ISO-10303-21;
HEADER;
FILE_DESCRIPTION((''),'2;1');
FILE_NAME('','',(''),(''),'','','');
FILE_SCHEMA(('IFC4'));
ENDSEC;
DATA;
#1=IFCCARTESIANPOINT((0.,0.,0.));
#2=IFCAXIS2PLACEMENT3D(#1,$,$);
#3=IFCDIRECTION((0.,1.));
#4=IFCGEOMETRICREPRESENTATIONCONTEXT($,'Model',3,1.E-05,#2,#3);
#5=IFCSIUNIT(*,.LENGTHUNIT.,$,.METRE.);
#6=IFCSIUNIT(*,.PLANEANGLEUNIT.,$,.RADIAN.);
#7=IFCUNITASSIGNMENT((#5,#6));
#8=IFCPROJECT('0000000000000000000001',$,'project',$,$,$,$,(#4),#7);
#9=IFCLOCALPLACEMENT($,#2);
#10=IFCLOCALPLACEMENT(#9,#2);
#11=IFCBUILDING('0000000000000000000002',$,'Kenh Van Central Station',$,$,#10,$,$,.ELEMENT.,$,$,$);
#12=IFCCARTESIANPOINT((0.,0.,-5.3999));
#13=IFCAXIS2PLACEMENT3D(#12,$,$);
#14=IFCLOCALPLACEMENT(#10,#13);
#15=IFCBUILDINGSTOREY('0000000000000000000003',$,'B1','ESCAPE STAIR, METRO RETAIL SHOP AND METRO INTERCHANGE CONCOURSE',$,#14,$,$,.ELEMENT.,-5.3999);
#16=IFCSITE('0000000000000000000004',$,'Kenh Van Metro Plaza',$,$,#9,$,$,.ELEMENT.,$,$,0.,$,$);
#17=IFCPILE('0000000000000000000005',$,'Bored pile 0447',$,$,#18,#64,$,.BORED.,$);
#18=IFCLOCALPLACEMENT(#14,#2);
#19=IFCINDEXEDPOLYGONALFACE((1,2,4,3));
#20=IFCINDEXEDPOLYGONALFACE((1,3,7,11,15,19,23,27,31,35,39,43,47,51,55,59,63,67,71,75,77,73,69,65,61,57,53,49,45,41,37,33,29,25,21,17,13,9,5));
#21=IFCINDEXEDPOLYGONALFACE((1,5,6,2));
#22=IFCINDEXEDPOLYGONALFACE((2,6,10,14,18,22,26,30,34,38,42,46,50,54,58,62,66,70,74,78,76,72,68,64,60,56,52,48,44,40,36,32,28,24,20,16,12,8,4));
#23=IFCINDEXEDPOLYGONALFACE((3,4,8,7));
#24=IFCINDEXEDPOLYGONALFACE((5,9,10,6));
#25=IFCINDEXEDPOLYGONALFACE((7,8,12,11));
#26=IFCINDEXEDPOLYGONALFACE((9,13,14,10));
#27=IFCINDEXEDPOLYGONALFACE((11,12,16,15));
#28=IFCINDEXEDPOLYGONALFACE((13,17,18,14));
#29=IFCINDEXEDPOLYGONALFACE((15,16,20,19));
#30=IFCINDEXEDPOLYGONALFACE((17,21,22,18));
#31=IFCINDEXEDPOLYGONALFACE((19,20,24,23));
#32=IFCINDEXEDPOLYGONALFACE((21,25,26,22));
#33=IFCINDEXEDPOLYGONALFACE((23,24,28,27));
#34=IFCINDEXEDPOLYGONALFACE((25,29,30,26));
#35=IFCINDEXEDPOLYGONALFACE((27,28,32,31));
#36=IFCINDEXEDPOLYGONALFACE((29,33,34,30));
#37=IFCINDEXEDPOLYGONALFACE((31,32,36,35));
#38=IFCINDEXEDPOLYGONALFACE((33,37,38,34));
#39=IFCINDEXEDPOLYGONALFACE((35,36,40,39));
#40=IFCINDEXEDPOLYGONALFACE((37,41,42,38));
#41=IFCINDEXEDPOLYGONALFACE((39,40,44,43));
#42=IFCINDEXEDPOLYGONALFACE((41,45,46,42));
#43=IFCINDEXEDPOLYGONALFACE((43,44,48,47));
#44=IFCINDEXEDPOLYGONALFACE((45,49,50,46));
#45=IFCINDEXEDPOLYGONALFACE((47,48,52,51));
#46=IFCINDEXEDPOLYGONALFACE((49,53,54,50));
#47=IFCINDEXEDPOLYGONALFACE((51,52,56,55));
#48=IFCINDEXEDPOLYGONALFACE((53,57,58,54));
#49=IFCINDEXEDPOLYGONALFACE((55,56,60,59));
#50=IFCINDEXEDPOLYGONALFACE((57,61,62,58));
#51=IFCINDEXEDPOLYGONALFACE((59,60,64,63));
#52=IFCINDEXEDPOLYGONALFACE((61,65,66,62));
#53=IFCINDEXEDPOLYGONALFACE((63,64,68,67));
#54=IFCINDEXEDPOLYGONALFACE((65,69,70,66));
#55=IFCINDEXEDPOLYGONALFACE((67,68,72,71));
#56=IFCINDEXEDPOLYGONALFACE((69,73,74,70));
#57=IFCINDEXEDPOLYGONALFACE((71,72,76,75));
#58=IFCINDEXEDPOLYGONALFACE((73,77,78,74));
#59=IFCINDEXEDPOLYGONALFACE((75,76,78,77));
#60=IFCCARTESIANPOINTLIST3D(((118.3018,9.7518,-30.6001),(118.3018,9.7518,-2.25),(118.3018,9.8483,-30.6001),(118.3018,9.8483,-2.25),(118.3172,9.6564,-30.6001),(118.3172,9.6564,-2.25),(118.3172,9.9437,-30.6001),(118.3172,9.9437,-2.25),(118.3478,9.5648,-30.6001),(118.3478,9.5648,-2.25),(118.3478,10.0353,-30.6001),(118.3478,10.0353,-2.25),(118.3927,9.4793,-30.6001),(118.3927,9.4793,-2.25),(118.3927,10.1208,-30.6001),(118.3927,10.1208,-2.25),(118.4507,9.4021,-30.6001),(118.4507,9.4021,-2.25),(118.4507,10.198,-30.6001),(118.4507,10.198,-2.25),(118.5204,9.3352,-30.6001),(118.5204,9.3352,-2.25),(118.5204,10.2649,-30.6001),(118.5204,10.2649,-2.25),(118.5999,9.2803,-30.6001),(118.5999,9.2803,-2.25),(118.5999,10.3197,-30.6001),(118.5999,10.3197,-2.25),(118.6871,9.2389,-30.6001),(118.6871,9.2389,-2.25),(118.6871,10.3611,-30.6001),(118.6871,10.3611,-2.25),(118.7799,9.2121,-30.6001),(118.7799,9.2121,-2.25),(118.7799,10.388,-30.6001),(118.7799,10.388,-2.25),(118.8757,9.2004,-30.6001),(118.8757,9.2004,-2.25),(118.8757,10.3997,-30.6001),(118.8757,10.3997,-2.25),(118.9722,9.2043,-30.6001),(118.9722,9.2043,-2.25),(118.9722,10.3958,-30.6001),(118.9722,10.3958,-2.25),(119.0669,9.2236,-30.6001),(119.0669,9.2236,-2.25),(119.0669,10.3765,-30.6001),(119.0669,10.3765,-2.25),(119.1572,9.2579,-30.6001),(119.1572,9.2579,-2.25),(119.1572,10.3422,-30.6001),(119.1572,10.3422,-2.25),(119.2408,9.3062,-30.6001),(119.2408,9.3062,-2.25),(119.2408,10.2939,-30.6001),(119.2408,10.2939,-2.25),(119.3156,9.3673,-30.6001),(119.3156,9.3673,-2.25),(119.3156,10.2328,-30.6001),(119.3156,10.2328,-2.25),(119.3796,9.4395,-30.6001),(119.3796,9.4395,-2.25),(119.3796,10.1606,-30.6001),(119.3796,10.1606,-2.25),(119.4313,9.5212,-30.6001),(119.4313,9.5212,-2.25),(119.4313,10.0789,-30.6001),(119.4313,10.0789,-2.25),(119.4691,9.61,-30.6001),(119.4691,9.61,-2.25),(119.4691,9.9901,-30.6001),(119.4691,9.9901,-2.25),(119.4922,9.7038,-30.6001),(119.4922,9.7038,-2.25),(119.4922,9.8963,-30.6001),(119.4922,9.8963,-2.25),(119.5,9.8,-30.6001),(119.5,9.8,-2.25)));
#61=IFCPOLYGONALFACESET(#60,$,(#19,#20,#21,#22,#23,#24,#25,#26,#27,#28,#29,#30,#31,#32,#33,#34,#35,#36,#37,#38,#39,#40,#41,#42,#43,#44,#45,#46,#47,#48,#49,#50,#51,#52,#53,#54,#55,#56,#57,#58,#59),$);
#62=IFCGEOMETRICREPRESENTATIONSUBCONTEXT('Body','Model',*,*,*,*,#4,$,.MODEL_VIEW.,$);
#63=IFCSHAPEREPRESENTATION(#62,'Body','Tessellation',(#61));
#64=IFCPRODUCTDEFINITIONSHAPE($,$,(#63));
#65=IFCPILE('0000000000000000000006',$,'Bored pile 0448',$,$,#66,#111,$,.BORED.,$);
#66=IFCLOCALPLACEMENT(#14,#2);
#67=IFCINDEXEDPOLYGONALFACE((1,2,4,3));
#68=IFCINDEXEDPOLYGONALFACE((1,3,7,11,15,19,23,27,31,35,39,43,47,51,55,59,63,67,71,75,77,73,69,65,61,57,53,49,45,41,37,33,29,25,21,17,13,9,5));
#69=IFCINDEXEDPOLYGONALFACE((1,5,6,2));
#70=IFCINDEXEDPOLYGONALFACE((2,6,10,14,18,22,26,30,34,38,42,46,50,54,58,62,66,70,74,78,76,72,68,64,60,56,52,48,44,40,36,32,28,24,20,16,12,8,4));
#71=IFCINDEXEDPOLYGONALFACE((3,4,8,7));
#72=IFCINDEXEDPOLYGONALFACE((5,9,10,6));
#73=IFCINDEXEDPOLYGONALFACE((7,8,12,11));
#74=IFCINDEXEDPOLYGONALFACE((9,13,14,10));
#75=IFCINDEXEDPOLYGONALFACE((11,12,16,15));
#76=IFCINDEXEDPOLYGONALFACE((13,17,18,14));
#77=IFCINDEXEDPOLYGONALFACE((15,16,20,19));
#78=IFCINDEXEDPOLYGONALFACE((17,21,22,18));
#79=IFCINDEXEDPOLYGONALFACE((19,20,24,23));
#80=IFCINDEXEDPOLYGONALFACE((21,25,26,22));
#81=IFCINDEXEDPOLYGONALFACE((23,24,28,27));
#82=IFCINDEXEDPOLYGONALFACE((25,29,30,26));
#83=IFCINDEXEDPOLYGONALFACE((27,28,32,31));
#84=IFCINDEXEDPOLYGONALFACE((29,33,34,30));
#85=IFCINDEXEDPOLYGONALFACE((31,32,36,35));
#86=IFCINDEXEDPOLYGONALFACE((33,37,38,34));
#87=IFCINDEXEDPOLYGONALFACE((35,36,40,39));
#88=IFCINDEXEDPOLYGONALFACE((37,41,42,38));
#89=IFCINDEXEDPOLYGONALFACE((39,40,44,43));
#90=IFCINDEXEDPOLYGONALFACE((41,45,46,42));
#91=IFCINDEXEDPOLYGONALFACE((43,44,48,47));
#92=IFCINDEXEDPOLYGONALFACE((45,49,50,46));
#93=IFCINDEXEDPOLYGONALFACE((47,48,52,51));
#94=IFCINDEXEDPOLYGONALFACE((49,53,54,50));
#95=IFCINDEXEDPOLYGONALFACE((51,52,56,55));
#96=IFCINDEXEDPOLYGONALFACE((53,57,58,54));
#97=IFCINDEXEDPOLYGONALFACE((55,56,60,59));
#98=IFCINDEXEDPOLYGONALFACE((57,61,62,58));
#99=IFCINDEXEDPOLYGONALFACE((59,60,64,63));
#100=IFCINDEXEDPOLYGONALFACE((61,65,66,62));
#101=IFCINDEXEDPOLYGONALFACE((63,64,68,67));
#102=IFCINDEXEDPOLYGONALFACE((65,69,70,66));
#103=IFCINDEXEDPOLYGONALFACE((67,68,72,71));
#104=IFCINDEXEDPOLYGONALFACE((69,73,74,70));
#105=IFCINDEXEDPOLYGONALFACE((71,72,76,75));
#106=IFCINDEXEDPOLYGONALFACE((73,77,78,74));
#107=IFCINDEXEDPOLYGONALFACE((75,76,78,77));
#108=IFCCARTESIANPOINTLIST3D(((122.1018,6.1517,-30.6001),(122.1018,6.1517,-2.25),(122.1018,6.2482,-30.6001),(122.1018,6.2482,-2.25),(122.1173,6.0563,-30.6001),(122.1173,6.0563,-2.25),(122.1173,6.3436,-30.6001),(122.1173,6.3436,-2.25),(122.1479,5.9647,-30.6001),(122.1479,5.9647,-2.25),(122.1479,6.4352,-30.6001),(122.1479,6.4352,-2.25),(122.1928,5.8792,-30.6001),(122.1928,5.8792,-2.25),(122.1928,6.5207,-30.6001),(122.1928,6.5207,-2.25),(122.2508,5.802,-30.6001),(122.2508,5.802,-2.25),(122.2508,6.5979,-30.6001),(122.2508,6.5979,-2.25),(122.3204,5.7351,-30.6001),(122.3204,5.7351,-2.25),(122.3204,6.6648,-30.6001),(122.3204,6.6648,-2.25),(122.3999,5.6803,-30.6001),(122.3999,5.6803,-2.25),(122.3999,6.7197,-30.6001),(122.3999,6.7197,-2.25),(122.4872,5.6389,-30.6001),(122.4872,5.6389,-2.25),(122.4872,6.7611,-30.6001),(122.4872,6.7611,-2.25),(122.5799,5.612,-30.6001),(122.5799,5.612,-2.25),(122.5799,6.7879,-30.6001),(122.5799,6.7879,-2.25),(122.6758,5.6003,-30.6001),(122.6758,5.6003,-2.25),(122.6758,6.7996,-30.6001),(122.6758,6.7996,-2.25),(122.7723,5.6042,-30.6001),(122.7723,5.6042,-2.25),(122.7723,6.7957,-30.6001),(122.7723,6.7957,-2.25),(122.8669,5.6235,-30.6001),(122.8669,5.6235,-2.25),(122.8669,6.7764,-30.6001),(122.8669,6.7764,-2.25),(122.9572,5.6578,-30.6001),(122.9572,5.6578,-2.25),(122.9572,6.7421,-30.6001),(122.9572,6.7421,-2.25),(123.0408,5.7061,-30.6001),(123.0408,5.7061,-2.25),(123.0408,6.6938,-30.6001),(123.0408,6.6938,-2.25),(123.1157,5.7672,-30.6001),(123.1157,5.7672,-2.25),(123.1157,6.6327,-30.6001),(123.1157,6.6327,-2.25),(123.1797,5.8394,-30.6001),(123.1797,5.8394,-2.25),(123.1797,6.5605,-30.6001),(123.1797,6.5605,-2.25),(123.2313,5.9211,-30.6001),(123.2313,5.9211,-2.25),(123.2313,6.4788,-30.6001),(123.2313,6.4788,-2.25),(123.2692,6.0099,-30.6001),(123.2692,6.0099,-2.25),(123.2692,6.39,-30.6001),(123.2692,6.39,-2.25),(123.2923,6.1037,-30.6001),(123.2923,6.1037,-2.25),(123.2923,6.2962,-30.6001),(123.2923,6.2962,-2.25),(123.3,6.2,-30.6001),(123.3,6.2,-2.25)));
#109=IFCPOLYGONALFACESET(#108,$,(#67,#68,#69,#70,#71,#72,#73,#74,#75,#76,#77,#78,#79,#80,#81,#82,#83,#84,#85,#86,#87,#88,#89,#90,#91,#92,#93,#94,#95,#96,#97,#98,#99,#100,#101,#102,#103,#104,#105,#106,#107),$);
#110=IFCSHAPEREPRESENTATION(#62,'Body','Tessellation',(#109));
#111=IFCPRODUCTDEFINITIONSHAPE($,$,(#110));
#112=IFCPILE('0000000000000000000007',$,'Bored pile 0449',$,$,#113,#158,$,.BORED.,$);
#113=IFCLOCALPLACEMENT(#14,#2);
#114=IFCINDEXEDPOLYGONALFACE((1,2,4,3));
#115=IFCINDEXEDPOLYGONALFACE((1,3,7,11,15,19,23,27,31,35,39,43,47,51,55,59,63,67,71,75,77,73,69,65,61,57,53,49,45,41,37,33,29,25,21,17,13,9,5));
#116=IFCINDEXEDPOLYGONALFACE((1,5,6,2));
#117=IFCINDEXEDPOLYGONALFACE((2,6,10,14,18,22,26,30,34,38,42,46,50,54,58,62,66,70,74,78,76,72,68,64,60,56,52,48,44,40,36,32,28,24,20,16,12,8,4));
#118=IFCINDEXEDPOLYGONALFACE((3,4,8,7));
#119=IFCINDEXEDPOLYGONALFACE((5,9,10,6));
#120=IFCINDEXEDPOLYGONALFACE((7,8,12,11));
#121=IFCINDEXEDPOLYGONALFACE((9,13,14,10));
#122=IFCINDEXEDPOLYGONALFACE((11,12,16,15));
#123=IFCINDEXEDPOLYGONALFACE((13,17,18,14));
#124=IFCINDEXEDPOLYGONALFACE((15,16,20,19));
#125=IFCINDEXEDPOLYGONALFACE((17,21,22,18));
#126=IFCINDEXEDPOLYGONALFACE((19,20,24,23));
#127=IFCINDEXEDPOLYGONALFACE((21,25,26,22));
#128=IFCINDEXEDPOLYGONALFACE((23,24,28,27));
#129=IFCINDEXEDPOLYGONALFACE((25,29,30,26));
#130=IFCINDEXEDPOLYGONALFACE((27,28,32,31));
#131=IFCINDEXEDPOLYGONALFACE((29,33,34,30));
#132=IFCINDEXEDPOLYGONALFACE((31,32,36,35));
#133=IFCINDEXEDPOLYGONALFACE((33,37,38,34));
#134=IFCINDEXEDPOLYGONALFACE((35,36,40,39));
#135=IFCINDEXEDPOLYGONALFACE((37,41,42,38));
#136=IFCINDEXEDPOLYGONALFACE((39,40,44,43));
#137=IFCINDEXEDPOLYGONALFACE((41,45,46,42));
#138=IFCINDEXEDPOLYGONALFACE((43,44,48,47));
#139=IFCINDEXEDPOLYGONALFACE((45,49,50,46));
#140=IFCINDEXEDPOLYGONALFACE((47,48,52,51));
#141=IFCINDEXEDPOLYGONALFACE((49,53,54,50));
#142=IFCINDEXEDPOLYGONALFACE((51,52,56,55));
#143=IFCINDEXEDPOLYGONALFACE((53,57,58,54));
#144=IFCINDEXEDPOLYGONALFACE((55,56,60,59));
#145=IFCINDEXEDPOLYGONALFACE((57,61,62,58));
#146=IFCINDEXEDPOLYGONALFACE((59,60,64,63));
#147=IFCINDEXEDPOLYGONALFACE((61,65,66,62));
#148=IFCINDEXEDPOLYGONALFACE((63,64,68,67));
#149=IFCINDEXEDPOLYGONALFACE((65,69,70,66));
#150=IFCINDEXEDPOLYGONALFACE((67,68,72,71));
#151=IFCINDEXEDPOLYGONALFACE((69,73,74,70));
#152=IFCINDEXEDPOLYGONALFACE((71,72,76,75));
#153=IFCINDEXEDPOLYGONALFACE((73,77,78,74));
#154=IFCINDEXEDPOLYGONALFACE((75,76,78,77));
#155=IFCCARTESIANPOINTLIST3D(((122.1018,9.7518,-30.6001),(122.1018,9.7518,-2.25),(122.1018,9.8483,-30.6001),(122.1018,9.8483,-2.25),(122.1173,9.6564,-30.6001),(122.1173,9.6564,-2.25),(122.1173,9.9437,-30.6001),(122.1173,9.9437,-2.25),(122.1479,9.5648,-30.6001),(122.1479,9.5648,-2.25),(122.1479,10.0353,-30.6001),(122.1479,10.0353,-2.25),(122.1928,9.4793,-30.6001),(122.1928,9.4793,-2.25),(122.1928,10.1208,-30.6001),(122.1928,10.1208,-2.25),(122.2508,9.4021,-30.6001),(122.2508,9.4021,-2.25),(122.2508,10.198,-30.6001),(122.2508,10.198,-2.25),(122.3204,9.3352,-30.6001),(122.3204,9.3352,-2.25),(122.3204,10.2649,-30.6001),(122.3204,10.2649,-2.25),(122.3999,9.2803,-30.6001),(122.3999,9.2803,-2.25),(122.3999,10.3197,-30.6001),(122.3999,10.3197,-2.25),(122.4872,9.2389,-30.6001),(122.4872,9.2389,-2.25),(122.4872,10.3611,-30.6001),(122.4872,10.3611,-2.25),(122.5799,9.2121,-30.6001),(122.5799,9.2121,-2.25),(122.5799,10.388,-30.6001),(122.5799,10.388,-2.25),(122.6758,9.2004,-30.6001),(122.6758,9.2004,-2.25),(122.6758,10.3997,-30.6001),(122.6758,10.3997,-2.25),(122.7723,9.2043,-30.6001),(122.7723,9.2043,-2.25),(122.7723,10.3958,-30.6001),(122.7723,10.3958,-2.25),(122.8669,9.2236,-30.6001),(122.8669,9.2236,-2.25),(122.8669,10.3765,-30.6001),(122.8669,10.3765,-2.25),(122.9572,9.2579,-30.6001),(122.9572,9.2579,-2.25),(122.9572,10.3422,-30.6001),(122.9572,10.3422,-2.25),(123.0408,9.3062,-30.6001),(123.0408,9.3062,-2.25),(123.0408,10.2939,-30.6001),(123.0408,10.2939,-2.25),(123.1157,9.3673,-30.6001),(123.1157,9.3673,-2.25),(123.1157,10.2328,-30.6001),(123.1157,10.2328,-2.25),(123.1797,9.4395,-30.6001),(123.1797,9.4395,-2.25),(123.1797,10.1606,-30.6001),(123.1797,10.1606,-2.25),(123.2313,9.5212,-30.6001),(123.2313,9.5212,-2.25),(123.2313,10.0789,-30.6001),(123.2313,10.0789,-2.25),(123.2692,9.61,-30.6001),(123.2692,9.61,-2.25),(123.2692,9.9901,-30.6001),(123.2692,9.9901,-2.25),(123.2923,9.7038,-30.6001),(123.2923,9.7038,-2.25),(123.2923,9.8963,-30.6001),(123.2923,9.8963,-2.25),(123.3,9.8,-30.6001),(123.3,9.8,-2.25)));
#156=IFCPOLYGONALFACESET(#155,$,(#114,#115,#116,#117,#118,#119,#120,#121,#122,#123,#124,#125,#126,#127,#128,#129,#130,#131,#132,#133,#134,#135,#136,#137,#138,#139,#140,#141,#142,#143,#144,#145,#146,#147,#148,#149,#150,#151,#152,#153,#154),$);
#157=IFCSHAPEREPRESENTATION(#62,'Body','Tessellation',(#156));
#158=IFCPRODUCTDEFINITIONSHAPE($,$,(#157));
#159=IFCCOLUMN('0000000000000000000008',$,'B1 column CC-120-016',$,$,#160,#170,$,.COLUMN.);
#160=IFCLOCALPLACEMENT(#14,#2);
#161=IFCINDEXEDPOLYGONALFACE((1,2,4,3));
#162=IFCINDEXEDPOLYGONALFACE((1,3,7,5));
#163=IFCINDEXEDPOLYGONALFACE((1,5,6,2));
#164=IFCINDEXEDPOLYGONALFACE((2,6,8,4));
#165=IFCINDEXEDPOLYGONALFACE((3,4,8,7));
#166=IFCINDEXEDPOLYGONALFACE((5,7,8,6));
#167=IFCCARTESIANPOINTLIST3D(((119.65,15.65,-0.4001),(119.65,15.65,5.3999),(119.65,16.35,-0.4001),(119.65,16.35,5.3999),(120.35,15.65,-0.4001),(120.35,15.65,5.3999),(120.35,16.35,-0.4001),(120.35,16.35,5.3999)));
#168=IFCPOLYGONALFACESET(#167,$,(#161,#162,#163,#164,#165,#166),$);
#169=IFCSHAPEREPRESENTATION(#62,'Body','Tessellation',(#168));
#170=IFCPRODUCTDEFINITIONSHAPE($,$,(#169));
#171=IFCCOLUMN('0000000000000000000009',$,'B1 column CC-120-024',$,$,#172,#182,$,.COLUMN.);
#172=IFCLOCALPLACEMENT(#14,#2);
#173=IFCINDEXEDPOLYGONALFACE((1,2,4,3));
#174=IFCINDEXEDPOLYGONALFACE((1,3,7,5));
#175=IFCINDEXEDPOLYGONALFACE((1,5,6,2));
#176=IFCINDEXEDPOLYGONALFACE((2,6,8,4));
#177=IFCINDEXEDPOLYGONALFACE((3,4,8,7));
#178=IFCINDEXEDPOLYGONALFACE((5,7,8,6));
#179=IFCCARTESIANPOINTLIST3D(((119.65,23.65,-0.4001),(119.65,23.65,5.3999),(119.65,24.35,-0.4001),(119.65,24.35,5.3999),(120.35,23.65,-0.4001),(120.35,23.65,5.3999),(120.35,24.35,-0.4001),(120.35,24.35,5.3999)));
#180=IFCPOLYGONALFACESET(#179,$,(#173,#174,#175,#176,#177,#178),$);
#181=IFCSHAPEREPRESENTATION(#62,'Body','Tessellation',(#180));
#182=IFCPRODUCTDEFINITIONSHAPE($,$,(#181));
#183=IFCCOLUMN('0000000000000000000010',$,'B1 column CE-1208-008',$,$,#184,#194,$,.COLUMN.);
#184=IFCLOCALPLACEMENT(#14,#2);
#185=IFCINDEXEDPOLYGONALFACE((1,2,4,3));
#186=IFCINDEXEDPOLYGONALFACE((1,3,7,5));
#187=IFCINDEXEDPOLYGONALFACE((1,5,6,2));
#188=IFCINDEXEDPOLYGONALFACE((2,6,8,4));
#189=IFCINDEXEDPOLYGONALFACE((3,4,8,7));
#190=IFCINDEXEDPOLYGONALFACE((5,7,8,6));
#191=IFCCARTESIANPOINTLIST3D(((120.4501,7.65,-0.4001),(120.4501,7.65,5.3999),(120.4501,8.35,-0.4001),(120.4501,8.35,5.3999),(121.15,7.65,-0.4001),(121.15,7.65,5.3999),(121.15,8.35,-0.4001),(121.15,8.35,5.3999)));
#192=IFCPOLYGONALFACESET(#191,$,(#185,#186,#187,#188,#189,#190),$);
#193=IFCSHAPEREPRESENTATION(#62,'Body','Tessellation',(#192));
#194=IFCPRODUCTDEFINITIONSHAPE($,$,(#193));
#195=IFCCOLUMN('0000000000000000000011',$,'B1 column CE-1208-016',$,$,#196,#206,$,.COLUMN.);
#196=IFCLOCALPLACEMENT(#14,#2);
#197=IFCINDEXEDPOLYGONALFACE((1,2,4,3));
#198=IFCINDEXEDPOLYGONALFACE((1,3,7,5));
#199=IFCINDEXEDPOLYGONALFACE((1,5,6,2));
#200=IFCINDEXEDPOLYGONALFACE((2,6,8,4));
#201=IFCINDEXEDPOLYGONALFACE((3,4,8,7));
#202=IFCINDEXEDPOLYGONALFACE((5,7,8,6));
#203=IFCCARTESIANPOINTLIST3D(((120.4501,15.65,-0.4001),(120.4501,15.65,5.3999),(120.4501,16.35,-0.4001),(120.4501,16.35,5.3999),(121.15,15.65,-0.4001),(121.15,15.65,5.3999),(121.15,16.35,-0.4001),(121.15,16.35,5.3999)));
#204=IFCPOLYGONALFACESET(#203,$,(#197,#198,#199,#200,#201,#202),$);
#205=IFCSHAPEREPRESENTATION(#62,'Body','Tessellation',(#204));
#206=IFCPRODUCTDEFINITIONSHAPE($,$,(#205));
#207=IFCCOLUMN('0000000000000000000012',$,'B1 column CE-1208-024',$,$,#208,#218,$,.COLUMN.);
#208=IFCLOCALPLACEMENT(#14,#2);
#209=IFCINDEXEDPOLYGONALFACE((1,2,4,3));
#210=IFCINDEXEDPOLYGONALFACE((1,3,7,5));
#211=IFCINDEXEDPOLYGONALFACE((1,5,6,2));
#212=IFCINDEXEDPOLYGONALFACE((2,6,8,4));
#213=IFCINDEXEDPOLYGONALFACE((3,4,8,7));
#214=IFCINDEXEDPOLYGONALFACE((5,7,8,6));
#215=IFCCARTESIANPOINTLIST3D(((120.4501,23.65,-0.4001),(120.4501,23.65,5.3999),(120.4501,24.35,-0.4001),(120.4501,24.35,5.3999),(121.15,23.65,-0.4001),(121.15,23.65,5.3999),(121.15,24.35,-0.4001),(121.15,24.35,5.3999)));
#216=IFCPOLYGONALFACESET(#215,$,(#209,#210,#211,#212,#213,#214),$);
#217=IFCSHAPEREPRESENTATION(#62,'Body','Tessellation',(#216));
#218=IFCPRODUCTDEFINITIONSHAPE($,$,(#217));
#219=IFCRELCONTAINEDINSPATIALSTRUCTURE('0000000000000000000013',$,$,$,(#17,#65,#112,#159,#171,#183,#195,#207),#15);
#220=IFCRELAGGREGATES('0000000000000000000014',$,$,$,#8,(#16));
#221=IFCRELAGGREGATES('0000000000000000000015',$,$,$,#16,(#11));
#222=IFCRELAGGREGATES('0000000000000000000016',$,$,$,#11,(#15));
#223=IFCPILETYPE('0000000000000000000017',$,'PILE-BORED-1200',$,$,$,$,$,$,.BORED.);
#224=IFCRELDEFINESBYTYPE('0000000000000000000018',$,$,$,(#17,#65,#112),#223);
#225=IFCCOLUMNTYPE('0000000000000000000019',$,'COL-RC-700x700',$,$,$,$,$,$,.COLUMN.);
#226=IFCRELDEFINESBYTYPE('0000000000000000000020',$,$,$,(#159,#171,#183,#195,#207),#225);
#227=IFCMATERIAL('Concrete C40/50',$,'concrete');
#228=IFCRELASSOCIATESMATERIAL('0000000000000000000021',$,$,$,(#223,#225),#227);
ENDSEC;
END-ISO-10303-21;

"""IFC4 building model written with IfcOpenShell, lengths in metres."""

from ifc_helpers import new_model, si_unit, direction, frame, origin, origin_2d, place, context, subcontext, project, spatial, rectangle, circle, extrude, material, material_profile, profile_set, type_object, element, save


model = new_model("IFC4")

# Units and contexts
model_context = context("Model", 3, precision=1e-05, world=origin(), true_north=direction((0.0, 1.0)))
body_context = subcontext(model_context, "Body", "Model", "MODEL_VIEW")
ifc_project = project(units=[si_unit("LENGTHUNIT", "METRE"), si_unit("PLANEANGLEUNIT", "RADIAN")], contexts=[model_context])

# Site, building, storey
site_placement = place(None, origin())
site = spatial("IfcSite", under=ifc_project, at=site_placement, Name="Kenh Van Metro Plaza", CompositionType="ELEMENT", RefElevation=0.0)
building_placement = place(site_placement, origin())
building = spatial("IfcBuilding", under=site, at=building_placement, Name="Kenh Van Central Station", CompositionType="ELEMENT")
storey_placement = place(building_placement, frame((0.0, 0.0, -5.3999)))
storey = spatial("IfcBuildingStorey", under=building, at=storey_placement, Name="B1", Description="ESCAPE STAIR, METRO RETAIL SHOP AND METRO INTERCHANGE CONCOURSE", CompositionType="ELEMENT", Elevation=-5.3999)

# Shared definitions
ifc_material_1 = material(Name="Concrete C40/50", Category="concrete")

# Piles
ifc_material_profile_1 = material_profile(ifc_material_1, circle(Radius=0.6001, at=origin_2d()), Name="PILE D1200")
ifc_profile_set_1 = profile_set([ifc_material_profile_1], Name="Concrete C40/50")
pile_type_1 = type_object("IfcPileType", Name="PILE-BORED-1200", PredefinedType="BORED", material=ifc_profile_set_1)
for number, where, z_axis, x_axis, name in (
    (1, (118.8999, 9.8, -2.25), (0.0, 0.0, -1.0), (1.0, 0.0, 0.0), "Bored pile 0447"),
    (2, (122.7, 6.2, -2.25), (0.0, 0.0, -1.0), (1.0, 0.0, 0.0), "Bored pile 0448"),
    (3, (122.7, 9.8, -2.25), (0.0, 0.0, -1.0), (1.0, 0.0, 0.0), "Bored pile 0449"),
):
    element("IfcPile", number, at=place(storey_placement, frame(where, z_axis=z_axis, x_axis=x_axis)), inside=storey, type_object=pile_type_1, Name=name, PredefinedType="BORED", context=body_context, shape_type="SweptSolid", body=[
        extrude(circle(Radius=0.6001, at=origin_2d()), origin(), (0.0, 0.0, 1.0), 28.3501),
    ])

# Columns
ifc_material_profile_2 = material_profile(ifc_material_1, rectangle(XDim=0.7, YDim=0.7, at=origin_2d()), Name="RC 700x700")
ifc_profile_set_2 = profile_set([ifc_material_profile_2], Name="Concrete C40/50")
column_type = type_object("IfcColumnType", Name="COL-RC-700x700", PredefinedType="COLUMN", material=ifc_profile_set_2)
for number, where, z_axis, x_axis, name in (
    (4, (120.0, 16.0, -0.4001), (0.0, 0.0, 1.0), (1.0, 0.0, 0.0), "B1 column CC-120-016"),
    (5, (120.0, 24.0, -0.4001), (0.0, 0.0, 1.0), (1.0, 0.0, 0.0), "B1 column CC-120-024"),
    (6, (120.8, 8.0, -0.4001), (0.0, 0.0, 1.0), (1.0, 0.0, 0.0), "B1 column CE-1208-008"),
    (7, (120.8, 16.0, -0.4001), (0.0, 0.0, 1.0), (1.0, 0.0, 0.0), "B1 column CE-1208-016"),
    (8, (120.8, 24.0, -0.4001), (0.0, 0.0, 1.0), (1.0, 0.0, 0.0), "B1 column CE-1208-024"),
):
    element("IfcColumn", number, at=place(storey_placement, frame(where, z_axis=z_axis, x_axis=x_axis)), inside=storey, type_object=column_type, Name=name, PredefinedType="COLUMN", context=body_context, shape_type="SweptSolid", body=[
        extrude(rectangle(XDim=0.7, YDim=0.7, at=origin_2d()), origin(), (0.0, 0.0, 1.0), 5.8),
    ])

save(model, "model.ifc")
